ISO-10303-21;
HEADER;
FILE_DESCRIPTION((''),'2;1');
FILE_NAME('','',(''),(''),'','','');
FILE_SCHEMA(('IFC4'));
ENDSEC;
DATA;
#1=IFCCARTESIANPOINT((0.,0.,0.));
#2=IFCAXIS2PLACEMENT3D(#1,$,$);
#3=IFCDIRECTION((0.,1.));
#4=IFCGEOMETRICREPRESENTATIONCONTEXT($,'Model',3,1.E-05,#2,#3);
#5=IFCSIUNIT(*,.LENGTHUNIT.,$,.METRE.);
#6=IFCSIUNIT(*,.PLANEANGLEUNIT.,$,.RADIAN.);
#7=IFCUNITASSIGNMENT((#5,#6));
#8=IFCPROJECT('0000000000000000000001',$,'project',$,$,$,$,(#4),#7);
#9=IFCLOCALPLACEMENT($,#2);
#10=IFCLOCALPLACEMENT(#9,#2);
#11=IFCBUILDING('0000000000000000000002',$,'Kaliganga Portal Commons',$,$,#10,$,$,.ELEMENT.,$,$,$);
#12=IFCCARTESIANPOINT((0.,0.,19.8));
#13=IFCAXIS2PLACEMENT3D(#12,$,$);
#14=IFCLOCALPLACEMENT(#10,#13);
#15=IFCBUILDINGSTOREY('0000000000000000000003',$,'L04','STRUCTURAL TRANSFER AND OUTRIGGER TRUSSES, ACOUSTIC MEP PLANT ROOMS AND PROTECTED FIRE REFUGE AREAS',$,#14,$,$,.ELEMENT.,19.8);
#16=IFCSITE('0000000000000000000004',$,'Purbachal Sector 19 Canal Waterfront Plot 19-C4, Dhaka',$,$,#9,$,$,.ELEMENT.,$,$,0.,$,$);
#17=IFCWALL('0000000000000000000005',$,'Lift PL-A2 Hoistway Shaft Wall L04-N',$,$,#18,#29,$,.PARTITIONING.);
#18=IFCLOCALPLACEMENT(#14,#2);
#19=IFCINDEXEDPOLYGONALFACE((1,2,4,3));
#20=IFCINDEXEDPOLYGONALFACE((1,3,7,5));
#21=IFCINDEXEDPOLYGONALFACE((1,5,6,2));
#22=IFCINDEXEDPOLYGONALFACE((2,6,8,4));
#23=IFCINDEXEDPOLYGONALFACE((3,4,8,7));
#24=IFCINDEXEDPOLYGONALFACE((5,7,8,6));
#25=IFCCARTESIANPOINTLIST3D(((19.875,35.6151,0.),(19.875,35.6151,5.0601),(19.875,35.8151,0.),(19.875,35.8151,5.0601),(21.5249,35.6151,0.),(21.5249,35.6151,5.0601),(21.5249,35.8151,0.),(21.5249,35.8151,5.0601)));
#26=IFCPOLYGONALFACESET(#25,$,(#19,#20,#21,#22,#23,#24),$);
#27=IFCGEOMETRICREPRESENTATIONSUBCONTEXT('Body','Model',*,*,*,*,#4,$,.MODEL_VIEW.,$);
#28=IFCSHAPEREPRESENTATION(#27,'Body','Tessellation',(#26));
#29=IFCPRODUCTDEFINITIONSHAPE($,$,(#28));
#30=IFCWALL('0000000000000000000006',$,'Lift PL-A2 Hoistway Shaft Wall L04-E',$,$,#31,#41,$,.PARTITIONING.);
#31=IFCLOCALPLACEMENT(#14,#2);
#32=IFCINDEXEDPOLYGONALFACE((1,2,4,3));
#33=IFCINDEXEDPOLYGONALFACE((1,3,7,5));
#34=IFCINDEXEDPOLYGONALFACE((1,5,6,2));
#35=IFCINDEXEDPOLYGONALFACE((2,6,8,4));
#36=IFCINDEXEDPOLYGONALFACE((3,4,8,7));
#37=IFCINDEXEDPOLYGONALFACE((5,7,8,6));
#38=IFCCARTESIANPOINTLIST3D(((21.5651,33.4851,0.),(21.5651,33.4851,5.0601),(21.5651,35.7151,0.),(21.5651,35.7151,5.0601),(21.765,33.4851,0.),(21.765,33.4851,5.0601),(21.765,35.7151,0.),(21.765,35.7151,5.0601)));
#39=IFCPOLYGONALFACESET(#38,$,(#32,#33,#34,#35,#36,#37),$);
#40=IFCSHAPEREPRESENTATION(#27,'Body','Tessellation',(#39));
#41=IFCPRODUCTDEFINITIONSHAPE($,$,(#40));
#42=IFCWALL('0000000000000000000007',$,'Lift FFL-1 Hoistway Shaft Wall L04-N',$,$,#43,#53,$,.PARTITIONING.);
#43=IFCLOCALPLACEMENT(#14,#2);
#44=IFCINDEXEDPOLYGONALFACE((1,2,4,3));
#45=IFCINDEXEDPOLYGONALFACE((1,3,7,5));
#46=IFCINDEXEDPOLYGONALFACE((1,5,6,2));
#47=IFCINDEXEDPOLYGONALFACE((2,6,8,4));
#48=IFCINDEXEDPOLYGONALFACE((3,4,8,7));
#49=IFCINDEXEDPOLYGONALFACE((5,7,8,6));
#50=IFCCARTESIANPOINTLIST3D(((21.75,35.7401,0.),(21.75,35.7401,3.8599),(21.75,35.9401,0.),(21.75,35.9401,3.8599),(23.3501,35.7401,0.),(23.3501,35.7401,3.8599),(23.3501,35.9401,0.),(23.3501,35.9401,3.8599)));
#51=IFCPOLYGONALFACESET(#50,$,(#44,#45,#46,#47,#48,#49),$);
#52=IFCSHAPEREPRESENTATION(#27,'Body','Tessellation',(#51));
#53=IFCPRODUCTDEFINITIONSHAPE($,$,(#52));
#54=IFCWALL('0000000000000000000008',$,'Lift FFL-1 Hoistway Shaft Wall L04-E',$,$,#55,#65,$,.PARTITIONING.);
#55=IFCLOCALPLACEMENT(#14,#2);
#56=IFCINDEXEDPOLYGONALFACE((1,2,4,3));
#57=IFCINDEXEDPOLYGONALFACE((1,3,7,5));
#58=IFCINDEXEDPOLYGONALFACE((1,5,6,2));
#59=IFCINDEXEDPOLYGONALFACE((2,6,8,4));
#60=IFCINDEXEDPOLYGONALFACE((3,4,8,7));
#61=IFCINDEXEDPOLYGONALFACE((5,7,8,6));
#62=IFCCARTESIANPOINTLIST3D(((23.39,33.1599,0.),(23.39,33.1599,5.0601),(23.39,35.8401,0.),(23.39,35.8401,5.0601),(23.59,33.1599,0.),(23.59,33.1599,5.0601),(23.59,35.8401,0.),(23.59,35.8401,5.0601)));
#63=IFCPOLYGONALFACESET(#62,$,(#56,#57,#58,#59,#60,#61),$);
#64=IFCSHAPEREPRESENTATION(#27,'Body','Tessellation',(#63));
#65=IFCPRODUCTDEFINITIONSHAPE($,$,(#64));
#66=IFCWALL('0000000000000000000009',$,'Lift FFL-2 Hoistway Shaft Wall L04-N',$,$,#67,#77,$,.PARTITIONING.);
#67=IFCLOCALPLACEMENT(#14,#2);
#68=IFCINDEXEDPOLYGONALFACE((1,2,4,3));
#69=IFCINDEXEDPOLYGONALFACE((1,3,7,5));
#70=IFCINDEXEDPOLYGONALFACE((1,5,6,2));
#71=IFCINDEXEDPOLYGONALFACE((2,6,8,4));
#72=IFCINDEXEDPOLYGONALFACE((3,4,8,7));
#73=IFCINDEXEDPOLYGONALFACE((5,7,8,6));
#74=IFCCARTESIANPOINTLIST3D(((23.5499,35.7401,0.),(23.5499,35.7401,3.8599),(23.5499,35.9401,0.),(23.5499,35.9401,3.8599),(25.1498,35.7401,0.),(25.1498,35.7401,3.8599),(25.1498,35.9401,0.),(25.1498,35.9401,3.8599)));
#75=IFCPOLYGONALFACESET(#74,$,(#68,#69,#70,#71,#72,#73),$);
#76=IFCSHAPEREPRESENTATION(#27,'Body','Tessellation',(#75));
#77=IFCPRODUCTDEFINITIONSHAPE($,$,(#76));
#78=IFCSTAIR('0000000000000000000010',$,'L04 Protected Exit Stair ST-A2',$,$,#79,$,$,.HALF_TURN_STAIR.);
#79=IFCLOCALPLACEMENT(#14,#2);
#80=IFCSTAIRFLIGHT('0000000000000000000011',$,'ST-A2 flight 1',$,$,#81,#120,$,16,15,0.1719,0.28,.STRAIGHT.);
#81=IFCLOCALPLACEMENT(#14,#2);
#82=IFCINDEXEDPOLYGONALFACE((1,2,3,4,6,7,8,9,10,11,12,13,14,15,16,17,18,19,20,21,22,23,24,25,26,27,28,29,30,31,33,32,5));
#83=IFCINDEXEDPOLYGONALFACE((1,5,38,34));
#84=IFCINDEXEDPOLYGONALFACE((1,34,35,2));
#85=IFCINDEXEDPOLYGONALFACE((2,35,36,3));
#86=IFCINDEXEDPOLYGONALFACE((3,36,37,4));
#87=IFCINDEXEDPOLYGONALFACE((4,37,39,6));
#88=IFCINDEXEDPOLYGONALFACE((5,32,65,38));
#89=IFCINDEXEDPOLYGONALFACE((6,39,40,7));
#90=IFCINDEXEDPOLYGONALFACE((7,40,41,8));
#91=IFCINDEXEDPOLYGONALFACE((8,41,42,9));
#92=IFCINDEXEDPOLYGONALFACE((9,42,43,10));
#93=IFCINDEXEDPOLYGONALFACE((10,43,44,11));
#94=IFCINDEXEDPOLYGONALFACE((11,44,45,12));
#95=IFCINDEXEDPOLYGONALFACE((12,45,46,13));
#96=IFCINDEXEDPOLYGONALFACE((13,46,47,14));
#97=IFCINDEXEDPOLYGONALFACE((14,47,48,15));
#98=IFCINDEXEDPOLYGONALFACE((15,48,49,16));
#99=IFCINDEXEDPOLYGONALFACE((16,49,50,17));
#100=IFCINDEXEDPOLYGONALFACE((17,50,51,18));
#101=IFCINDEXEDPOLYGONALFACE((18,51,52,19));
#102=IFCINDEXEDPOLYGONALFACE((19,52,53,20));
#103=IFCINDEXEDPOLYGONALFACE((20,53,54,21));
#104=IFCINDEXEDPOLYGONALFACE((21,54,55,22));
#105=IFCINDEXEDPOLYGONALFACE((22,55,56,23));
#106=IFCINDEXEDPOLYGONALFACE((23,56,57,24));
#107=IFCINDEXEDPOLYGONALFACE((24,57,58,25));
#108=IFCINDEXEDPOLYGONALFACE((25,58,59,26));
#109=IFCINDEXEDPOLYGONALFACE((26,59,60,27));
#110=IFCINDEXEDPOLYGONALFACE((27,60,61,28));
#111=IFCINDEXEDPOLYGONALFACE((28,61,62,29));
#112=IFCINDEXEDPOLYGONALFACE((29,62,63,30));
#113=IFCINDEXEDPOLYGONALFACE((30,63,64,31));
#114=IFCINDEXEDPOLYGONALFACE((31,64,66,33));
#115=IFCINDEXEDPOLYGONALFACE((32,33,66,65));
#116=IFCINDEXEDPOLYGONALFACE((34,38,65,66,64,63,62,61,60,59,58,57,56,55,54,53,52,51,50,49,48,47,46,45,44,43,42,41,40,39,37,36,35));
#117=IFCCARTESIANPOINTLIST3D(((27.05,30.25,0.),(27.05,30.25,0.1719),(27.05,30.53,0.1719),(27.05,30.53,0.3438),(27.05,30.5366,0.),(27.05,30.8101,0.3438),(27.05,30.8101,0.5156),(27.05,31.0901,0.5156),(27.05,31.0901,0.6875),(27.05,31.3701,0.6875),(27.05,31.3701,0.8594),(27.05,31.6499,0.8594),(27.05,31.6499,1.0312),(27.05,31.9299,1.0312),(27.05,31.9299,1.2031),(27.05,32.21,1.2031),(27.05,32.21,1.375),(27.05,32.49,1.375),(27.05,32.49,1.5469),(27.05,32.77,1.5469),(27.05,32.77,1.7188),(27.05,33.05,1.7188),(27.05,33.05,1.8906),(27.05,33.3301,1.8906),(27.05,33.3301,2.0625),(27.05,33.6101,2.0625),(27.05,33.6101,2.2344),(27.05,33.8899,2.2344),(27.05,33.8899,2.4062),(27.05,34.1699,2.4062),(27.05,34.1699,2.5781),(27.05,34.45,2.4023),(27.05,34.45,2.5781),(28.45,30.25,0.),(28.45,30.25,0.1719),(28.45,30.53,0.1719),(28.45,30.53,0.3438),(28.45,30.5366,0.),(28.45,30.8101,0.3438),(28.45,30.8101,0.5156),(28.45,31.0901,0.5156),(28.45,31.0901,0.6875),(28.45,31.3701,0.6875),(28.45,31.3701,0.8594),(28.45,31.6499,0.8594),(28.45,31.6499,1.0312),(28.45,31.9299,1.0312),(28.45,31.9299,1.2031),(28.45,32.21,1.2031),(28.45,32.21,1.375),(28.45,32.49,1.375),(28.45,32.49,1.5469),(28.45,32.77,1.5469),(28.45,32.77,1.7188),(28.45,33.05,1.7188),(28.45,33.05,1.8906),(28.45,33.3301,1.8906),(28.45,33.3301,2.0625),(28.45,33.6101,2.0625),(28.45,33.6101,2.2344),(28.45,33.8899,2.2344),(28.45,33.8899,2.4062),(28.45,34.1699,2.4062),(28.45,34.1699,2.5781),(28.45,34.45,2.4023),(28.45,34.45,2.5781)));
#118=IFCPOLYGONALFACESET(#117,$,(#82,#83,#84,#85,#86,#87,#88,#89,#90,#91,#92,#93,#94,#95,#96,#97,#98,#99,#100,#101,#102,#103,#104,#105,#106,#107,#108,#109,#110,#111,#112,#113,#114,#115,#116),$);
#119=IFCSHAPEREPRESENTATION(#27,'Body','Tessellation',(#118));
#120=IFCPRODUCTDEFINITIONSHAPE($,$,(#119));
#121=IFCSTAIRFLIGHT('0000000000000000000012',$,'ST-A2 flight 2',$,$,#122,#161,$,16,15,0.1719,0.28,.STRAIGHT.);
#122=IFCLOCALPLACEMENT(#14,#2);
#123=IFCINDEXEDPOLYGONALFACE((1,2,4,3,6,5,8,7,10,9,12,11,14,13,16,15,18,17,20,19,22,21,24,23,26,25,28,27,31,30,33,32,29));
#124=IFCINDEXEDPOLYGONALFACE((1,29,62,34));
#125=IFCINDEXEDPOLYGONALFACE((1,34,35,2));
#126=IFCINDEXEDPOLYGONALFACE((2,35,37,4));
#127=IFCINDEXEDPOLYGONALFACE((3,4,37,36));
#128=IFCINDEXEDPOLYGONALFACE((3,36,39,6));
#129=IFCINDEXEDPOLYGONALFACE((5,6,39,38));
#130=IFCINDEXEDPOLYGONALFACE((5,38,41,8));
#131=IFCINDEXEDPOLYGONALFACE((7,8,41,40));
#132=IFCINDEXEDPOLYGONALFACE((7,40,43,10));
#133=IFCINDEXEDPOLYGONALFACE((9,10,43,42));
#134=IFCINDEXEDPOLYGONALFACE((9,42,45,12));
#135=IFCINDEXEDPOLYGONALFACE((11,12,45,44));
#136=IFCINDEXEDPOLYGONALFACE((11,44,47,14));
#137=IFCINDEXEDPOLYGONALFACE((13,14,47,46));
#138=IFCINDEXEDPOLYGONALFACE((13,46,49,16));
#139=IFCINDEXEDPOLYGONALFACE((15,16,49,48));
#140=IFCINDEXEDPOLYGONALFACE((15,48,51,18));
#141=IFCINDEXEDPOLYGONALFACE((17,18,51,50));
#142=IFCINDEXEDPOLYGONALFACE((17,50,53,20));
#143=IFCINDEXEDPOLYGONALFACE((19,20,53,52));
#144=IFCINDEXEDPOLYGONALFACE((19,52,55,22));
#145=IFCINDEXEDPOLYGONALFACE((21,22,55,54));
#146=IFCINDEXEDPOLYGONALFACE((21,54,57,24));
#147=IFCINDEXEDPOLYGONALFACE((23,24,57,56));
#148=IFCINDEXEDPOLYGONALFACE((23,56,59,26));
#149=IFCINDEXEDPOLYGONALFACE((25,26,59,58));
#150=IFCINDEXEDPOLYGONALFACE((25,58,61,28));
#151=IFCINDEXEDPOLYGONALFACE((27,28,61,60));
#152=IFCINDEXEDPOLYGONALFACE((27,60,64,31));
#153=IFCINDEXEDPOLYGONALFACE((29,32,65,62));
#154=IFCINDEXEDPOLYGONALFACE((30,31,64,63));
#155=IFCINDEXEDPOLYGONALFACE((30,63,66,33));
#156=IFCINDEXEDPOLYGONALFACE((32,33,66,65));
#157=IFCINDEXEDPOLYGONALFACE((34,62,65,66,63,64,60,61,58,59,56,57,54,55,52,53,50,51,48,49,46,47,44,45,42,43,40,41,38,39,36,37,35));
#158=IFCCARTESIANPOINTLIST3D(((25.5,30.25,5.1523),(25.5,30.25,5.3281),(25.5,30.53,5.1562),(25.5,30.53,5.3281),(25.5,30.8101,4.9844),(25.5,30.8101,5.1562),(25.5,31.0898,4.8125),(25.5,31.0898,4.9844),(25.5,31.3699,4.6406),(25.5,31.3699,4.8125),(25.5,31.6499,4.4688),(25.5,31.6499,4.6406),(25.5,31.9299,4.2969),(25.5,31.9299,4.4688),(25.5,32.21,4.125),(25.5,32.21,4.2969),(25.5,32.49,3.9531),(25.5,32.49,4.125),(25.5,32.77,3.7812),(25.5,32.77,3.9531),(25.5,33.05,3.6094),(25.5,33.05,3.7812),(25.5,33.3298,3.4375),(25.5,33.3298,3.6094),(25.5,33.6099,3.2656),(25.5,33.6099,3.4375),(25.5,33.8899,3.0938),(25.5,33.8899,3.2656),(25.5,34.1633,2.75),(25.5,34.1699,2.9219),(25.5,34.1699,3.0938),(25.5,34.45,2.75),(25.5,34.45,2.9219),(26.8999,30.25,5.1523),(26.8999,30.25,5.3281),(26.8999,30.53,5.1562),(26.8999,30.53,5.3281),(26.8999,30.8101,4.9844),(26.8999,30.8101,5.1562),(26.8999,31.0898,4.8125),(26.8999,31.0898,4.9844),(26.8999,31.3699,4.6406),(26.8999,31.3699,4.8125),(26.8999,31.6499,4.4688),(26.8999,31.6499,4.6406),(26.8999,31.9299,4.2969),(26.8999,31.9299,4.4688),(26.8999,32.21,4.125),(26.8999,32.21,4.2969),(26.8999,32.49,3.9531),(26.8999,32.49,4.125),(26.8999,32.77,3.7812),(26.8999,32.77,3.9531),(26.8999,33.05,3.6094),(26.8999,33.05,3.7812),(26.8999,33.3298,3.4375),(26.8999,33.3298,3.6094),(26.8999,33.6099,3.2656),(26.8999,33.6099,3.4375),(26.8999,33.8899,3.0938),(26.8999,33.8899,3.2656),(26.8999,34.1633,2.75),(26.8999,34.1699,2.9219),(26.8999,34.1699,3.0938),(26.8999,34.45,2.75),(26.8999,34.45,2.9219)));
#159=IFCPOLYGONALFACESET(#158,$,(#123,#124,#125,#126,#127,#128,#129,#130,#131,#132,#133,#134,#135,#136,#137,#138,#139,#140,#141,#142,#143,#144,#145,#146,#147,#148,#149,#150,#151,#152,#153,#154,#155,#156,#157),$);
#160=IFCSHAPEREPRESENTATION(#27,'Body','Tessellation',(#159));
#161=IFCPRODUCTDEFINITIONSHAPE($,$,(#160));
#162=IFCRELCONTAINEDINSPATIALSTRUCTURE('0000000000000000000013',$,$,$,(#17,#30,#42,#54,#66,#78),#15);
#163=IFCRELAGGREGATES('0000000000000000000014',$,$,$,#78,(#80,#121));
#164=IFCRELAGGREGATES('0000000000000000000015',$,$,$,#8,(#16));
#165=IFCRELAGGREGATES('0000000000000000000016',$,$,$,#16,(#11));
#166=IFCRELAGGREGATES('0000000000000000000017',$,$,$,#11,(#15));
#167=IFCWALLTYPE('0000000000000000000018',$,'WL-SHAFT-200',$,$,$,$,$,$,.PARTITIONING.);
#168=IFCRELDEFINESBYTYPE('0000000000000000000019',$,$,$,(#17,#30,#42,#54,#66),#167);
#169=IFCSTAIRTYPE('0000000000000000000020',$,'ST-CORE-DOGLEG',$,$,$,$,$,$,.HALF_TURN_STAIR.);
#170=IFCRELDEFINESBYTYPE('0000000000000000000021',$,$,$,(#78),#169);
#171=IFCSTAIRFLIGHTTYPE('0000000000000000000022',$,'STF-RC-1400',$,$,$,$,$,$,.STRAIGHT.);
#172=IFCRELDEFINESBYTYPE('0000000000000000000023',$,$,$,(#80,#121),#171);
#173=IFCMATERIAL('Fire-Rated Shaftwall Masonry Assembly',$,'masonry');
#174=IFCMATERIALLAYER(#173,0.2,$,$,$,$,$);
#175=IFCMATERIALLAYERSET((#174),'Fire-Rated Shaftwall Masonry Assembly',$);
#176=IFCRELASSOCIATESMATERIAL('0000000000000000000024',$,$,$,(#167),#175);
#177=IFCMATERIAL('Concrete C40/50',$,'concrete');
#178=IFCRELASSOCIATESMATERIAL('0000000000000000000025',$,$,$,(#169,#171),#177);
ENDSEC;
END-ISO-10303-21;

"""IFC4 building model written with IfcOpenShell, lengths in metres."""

from ifc_helpers import new_model, si_unit, direction, frame, frame_2d, origin, place, context, subcontext, project, spatial, polyline, rectangle, outline, extrude, material, layer, layer_set, type_object, element, aggregate, save


model = new_model("IFC4")

# Units and contexts
model_context = context("Model", 3, precision=1e-05, world=origin(), true_north=direction((0.0, 1.0)))
body_context = subcontext(model_context, "Body", "Model", "MODEL_VIEW")
ifc_project = project(units=[si_unit("LENGTHUNIT", "METRE"), si_unit("PLANEANGLEUNIT", "RADIAN")], contexts=[model_context])

# Site, building, storey
site_placement = place(None, origin())
site = spatial("IfcSite", under=ifc_project, at=site_placement, Name="Purbachal Sector 19 Canal Waterfront Plot 19-C4, Dhaka", CompositionType="ELEMENT", RefElevation=0.0)
building_placement = place(site_placement, origin())
building = spatial("IfcBuilding", under=site, at=building_placement, Name="Kaliganga Portal Commons", CompositionType="ELEMENT")
storey_placement = place(building_placement, frame((0.0, 0.0, 19.8)))
storey = spatial("IfcBuildingStorey", under=building, at=storey_placement, Name="L04", Description="STRUCTURAL TRANSFER AND OUTRIGGER TRUSSES, ACOUSTIC MEP PLANT ROOMS AND PROTECTED FIRE REFUGE AREAS", CompositionType="ELEMENT", Elevation=19.8)

# Shared definitions
ifc_material_1 = material(Name="Fire-Rated Shaftwall Masonry Assembly", Category="masonry")
ifc_layer_1 = layer(ifc_material_1, 0.2)
ifc_layer_set_1 = layer_set([ifc_layer_1], Name="Fire-Rated Shaftwall Masonry Assembly")
wall_type = type_object("IfcWallType", Name="WL-SHAFT-200", PredefinedType="PARTITIONING", material=ifc_layer_set_1)

# Walls
wall_1_placement = place(storey_placement, frame((19.875, 35.7151, 0.0), z_axis=(0.0, 0.0, 1.0), x_axis=(1.0, 0.0, 0.0)))
element("IfcWall", 1, at=wall_1_placement, inside=storey, type_object=wall_type, Name="Lift PL-A2 Hoistway Shaft Wall L04-N", PredefinedType="PARTITIONING", context=body_context, shape_type="SweptSolid", body=[
    extrude(rectangle(XDim=1.6499, YDim=0.2, at=frame_2d((0.825, 0.0))), origin(), (0.0, 0.0, 1.0), 5.0601),
])
wall_2_placement = place(storey_placement, frame((21.665, 33.4851, 0.0), z_axis=(0.0, 0.0, 1.0), x_axis=(0.0, 1.0, 0.0)))
element("IfcWall", 2, at=wall_2_placement, inside=storey, type_object=wall_type, Name="Lift PL-A2 Hoistway Shaft Wall L04-E", PredefinedType="PARTITIONING", context=body_context, shape_type="SweptSolid", body=[
    extrude(rectangle(XDim=2.23, YDim=0.2, at=frame_2d((1.115, 0.0))), origin(), (0.0, 0.0, 1.0), 5.0601),
])

# Walls
wall_3_placement = place(storey_placement, frame((21.75, 35.8401, 0.0), z_axis=(0.0, 0.0, 1.0), x_axis=(1.0, 0.0, 0.0)))
element("IfcWall", 3, at=wall_3_placement, inside=storey, type_object=wall_type, Name="Lift FFL-1 Hoistway Shaft Wall L04-N", PredefinedType="PARTITIONING", context=body_context, shape_type="SweptSolid", body=[
    extrude(rectangle(XDim=1.6001, YDim=0.2, at=frame_2d((0.8, 0.0))), origin(), (0.0, 0.0, 1.0), 3.8599),
])
wall_4_placement = place(storey_placement, frame((23.49, 33.1599, 0.0), z_axis=(0.0, 0.0, 1.0), x_axis=(0.0, 1.0, 0.0)))
element("IfcWall", 4, at=wall_4_placement, inside=storey, type_object=wall_type, Name="Lift FFL-1 Hoistway Shaft Wall L04-E", PredefinedType="PARTITIONING", context=body_context, shape_type="SweptSolid", body=[
    extrude(rectangle(XDim=2.6802, YDim=0.2, at=frame_2d((1.3401, 0.0))), origin(), (0.0, 0.0, 1.0), 5.0601),
])

# Wall
wall_5_placement = place(storey_placement, frame((23.55, 35.8401, 0.0), z_axis=(0.0, 0.0, 1.0), x_axis=(1.0, 0.0, 0.0)))
element("IfcWall", 5, at=wall_5_placement, inside=storey, type_object=wall_type, Name="Lift FFL-2 Hoistway Shaft Wall L04-N", PredefinedType="PARTITIONING", context=body_context, shape_type="SweptSolid", body=[
    extrude(rectangle(XDim=1.5999, YDim=0.2, at=frame_2d((0.7998, 0.0))), origin(), (0.0, 0.0, 1.0), 3.8599),
])

# Stair, stair flights
ifc_material_2 = material(Name="Concrete C40/50", Category="concrete")
stair_type = type_object("IfcStairType", Name="ST-CORE-DOGLEG", PredefinedType="HALF_TURN_STAIR", material=ifc_material_2)
stair_placement = place(storey_placement, origin())
stair = element("IfcStair", 6, at=stair_placement, inside=storey, type_object=stair_type, Name="L04 Protected Exit Stair ST-A2", PredefinedType="HALF_TURN_STAIR")
stair_flight_type = type_object("IfcStairFlightType", Name="STF-RC-1400", PredefinedType="STRAIGHT", material=ifc_material_2)
stair_flight_1_placement = place(storey_placement, frame((27.75, 30.25, 0.0), z_axis=(0.0, 0.0, 1.0), x_axis=(0.0, 1.0, 0.0)))
stair_flight_1 = element("IfcStairFlight", 7, at=stair_flight_1_placement, type_object=stair_flight_type, Name="ST-A2 flight 1", NumberOfRisers=16, NumberOfTreads=15, PredefinedType="STRAIGHT", RiserHeight=0.1719, TreadLength=0.28, context=body_context, shape_type="SweptSolid", body=[
    extrude(outline(polyline([(0.0, 0.0), (0.0, 0.1719), (0.28, 0.1719), (0.28, 0.3438), (0.5601, 0.3438), (0.5601, 0.5156), (0.8401, 0.5156), (0.8401, 0.6875), (1.1201, 0.6875), (1.1201, 0.8594), (1.3999, 0.8594), (1.3999, 1.0312), (1.6799, 1.0312), (1.6799, 1.2031), (1.96, 1.2031), (1.96, 1.375), (2.24, 1.375), (2.24, 1.5469), (2.52, 1.5469), (2.52, 1.7188), (2.8, 1.7188), (2.8, 1.8906), (3.0801, 1.8906), (3.0801, 2.0625), (3.3601, 2.0625), (3.3601, 2.2344), (3.6399, 2.2344), (3.6399, 2.4062), (3.9199, 2.4062), (3.9199, 2.5781), (4.2, 2.5781), (4.2, 2.75), (4.2, 2.4023), (0.2866, 0.0), (0.0, 0.0)])), frame((0.0, 0.7, 0.0), z_axis=(0.0, -1.0, 0.0), x_axis=(1.0, 0.0, 0.0)), (0.0, 0.0, 1.0), 1.3999),
])
stair_flight_2_placement = place(storey_placement, frame((26.2, 34.45, 2.75), z_axis=(0.0, 0.0, 1.0), x_axis=(0.0, -1.0, 0.0)))
stair_flight_2 = element("IfcStairFlight", 8, at=stair_flight_2_placement, type_object=stair_flight_type, Name="ST-A2 flight 2", NumberOfRisers=16, NumberOfTreads=15, PredefinedType="STRAIGHT", RiserHeight=0.1719, TreadLength=0.28, context=body_context, shape_type="SweptSolid", body=[
    extrude(outline(polyline([(0.0, 0.0), (0.0, 0.1719), (0.28, 0.1719), (0.28, 0.3438), (0.5601, 0.3438), (0.5601, 0.5156), (0.8401, 0.5156), (0.8401, 0.6875), (1.1201, 0.6875), (1.1201, 0.8594), (1.3999, 0.8594), (1.3999, 1.0312), (1.6799, 1.0312), (1.6799, 1.2031), (1.96, 1.2031), (1.96, 1.375), (2.24, 1.375), (2.24, 1.5469), (2.52, 1.5469), (2.52, 1.7188), (2.8, 1.7188), (2.8, 1.8906), (3.0801, 1.8906), (3.0801, 2.0625), (3.3601, 2.0625), (3.3601, 2.2344), (3.6399, 2.2344), (3.6399, 2.4062), (3.9199, 2.4062), (3.9199, 2.5781), (4.2, 2.5781), (4.2, 2.75), (4.2, 2.4023), (0.2866, 0.0), (0.0, 0.0)])), frame((0.0, 0.7, 0.0), z_axis=(0.0, -1.0, 0.0), x_axis=(1.0, 0.0, 0.0)), (0.0, 0.0, 1.0), 1.3999),
])
aggregate(stair, [stair_flight_1, stair_flight_2])

save(model, "model.ifc")
